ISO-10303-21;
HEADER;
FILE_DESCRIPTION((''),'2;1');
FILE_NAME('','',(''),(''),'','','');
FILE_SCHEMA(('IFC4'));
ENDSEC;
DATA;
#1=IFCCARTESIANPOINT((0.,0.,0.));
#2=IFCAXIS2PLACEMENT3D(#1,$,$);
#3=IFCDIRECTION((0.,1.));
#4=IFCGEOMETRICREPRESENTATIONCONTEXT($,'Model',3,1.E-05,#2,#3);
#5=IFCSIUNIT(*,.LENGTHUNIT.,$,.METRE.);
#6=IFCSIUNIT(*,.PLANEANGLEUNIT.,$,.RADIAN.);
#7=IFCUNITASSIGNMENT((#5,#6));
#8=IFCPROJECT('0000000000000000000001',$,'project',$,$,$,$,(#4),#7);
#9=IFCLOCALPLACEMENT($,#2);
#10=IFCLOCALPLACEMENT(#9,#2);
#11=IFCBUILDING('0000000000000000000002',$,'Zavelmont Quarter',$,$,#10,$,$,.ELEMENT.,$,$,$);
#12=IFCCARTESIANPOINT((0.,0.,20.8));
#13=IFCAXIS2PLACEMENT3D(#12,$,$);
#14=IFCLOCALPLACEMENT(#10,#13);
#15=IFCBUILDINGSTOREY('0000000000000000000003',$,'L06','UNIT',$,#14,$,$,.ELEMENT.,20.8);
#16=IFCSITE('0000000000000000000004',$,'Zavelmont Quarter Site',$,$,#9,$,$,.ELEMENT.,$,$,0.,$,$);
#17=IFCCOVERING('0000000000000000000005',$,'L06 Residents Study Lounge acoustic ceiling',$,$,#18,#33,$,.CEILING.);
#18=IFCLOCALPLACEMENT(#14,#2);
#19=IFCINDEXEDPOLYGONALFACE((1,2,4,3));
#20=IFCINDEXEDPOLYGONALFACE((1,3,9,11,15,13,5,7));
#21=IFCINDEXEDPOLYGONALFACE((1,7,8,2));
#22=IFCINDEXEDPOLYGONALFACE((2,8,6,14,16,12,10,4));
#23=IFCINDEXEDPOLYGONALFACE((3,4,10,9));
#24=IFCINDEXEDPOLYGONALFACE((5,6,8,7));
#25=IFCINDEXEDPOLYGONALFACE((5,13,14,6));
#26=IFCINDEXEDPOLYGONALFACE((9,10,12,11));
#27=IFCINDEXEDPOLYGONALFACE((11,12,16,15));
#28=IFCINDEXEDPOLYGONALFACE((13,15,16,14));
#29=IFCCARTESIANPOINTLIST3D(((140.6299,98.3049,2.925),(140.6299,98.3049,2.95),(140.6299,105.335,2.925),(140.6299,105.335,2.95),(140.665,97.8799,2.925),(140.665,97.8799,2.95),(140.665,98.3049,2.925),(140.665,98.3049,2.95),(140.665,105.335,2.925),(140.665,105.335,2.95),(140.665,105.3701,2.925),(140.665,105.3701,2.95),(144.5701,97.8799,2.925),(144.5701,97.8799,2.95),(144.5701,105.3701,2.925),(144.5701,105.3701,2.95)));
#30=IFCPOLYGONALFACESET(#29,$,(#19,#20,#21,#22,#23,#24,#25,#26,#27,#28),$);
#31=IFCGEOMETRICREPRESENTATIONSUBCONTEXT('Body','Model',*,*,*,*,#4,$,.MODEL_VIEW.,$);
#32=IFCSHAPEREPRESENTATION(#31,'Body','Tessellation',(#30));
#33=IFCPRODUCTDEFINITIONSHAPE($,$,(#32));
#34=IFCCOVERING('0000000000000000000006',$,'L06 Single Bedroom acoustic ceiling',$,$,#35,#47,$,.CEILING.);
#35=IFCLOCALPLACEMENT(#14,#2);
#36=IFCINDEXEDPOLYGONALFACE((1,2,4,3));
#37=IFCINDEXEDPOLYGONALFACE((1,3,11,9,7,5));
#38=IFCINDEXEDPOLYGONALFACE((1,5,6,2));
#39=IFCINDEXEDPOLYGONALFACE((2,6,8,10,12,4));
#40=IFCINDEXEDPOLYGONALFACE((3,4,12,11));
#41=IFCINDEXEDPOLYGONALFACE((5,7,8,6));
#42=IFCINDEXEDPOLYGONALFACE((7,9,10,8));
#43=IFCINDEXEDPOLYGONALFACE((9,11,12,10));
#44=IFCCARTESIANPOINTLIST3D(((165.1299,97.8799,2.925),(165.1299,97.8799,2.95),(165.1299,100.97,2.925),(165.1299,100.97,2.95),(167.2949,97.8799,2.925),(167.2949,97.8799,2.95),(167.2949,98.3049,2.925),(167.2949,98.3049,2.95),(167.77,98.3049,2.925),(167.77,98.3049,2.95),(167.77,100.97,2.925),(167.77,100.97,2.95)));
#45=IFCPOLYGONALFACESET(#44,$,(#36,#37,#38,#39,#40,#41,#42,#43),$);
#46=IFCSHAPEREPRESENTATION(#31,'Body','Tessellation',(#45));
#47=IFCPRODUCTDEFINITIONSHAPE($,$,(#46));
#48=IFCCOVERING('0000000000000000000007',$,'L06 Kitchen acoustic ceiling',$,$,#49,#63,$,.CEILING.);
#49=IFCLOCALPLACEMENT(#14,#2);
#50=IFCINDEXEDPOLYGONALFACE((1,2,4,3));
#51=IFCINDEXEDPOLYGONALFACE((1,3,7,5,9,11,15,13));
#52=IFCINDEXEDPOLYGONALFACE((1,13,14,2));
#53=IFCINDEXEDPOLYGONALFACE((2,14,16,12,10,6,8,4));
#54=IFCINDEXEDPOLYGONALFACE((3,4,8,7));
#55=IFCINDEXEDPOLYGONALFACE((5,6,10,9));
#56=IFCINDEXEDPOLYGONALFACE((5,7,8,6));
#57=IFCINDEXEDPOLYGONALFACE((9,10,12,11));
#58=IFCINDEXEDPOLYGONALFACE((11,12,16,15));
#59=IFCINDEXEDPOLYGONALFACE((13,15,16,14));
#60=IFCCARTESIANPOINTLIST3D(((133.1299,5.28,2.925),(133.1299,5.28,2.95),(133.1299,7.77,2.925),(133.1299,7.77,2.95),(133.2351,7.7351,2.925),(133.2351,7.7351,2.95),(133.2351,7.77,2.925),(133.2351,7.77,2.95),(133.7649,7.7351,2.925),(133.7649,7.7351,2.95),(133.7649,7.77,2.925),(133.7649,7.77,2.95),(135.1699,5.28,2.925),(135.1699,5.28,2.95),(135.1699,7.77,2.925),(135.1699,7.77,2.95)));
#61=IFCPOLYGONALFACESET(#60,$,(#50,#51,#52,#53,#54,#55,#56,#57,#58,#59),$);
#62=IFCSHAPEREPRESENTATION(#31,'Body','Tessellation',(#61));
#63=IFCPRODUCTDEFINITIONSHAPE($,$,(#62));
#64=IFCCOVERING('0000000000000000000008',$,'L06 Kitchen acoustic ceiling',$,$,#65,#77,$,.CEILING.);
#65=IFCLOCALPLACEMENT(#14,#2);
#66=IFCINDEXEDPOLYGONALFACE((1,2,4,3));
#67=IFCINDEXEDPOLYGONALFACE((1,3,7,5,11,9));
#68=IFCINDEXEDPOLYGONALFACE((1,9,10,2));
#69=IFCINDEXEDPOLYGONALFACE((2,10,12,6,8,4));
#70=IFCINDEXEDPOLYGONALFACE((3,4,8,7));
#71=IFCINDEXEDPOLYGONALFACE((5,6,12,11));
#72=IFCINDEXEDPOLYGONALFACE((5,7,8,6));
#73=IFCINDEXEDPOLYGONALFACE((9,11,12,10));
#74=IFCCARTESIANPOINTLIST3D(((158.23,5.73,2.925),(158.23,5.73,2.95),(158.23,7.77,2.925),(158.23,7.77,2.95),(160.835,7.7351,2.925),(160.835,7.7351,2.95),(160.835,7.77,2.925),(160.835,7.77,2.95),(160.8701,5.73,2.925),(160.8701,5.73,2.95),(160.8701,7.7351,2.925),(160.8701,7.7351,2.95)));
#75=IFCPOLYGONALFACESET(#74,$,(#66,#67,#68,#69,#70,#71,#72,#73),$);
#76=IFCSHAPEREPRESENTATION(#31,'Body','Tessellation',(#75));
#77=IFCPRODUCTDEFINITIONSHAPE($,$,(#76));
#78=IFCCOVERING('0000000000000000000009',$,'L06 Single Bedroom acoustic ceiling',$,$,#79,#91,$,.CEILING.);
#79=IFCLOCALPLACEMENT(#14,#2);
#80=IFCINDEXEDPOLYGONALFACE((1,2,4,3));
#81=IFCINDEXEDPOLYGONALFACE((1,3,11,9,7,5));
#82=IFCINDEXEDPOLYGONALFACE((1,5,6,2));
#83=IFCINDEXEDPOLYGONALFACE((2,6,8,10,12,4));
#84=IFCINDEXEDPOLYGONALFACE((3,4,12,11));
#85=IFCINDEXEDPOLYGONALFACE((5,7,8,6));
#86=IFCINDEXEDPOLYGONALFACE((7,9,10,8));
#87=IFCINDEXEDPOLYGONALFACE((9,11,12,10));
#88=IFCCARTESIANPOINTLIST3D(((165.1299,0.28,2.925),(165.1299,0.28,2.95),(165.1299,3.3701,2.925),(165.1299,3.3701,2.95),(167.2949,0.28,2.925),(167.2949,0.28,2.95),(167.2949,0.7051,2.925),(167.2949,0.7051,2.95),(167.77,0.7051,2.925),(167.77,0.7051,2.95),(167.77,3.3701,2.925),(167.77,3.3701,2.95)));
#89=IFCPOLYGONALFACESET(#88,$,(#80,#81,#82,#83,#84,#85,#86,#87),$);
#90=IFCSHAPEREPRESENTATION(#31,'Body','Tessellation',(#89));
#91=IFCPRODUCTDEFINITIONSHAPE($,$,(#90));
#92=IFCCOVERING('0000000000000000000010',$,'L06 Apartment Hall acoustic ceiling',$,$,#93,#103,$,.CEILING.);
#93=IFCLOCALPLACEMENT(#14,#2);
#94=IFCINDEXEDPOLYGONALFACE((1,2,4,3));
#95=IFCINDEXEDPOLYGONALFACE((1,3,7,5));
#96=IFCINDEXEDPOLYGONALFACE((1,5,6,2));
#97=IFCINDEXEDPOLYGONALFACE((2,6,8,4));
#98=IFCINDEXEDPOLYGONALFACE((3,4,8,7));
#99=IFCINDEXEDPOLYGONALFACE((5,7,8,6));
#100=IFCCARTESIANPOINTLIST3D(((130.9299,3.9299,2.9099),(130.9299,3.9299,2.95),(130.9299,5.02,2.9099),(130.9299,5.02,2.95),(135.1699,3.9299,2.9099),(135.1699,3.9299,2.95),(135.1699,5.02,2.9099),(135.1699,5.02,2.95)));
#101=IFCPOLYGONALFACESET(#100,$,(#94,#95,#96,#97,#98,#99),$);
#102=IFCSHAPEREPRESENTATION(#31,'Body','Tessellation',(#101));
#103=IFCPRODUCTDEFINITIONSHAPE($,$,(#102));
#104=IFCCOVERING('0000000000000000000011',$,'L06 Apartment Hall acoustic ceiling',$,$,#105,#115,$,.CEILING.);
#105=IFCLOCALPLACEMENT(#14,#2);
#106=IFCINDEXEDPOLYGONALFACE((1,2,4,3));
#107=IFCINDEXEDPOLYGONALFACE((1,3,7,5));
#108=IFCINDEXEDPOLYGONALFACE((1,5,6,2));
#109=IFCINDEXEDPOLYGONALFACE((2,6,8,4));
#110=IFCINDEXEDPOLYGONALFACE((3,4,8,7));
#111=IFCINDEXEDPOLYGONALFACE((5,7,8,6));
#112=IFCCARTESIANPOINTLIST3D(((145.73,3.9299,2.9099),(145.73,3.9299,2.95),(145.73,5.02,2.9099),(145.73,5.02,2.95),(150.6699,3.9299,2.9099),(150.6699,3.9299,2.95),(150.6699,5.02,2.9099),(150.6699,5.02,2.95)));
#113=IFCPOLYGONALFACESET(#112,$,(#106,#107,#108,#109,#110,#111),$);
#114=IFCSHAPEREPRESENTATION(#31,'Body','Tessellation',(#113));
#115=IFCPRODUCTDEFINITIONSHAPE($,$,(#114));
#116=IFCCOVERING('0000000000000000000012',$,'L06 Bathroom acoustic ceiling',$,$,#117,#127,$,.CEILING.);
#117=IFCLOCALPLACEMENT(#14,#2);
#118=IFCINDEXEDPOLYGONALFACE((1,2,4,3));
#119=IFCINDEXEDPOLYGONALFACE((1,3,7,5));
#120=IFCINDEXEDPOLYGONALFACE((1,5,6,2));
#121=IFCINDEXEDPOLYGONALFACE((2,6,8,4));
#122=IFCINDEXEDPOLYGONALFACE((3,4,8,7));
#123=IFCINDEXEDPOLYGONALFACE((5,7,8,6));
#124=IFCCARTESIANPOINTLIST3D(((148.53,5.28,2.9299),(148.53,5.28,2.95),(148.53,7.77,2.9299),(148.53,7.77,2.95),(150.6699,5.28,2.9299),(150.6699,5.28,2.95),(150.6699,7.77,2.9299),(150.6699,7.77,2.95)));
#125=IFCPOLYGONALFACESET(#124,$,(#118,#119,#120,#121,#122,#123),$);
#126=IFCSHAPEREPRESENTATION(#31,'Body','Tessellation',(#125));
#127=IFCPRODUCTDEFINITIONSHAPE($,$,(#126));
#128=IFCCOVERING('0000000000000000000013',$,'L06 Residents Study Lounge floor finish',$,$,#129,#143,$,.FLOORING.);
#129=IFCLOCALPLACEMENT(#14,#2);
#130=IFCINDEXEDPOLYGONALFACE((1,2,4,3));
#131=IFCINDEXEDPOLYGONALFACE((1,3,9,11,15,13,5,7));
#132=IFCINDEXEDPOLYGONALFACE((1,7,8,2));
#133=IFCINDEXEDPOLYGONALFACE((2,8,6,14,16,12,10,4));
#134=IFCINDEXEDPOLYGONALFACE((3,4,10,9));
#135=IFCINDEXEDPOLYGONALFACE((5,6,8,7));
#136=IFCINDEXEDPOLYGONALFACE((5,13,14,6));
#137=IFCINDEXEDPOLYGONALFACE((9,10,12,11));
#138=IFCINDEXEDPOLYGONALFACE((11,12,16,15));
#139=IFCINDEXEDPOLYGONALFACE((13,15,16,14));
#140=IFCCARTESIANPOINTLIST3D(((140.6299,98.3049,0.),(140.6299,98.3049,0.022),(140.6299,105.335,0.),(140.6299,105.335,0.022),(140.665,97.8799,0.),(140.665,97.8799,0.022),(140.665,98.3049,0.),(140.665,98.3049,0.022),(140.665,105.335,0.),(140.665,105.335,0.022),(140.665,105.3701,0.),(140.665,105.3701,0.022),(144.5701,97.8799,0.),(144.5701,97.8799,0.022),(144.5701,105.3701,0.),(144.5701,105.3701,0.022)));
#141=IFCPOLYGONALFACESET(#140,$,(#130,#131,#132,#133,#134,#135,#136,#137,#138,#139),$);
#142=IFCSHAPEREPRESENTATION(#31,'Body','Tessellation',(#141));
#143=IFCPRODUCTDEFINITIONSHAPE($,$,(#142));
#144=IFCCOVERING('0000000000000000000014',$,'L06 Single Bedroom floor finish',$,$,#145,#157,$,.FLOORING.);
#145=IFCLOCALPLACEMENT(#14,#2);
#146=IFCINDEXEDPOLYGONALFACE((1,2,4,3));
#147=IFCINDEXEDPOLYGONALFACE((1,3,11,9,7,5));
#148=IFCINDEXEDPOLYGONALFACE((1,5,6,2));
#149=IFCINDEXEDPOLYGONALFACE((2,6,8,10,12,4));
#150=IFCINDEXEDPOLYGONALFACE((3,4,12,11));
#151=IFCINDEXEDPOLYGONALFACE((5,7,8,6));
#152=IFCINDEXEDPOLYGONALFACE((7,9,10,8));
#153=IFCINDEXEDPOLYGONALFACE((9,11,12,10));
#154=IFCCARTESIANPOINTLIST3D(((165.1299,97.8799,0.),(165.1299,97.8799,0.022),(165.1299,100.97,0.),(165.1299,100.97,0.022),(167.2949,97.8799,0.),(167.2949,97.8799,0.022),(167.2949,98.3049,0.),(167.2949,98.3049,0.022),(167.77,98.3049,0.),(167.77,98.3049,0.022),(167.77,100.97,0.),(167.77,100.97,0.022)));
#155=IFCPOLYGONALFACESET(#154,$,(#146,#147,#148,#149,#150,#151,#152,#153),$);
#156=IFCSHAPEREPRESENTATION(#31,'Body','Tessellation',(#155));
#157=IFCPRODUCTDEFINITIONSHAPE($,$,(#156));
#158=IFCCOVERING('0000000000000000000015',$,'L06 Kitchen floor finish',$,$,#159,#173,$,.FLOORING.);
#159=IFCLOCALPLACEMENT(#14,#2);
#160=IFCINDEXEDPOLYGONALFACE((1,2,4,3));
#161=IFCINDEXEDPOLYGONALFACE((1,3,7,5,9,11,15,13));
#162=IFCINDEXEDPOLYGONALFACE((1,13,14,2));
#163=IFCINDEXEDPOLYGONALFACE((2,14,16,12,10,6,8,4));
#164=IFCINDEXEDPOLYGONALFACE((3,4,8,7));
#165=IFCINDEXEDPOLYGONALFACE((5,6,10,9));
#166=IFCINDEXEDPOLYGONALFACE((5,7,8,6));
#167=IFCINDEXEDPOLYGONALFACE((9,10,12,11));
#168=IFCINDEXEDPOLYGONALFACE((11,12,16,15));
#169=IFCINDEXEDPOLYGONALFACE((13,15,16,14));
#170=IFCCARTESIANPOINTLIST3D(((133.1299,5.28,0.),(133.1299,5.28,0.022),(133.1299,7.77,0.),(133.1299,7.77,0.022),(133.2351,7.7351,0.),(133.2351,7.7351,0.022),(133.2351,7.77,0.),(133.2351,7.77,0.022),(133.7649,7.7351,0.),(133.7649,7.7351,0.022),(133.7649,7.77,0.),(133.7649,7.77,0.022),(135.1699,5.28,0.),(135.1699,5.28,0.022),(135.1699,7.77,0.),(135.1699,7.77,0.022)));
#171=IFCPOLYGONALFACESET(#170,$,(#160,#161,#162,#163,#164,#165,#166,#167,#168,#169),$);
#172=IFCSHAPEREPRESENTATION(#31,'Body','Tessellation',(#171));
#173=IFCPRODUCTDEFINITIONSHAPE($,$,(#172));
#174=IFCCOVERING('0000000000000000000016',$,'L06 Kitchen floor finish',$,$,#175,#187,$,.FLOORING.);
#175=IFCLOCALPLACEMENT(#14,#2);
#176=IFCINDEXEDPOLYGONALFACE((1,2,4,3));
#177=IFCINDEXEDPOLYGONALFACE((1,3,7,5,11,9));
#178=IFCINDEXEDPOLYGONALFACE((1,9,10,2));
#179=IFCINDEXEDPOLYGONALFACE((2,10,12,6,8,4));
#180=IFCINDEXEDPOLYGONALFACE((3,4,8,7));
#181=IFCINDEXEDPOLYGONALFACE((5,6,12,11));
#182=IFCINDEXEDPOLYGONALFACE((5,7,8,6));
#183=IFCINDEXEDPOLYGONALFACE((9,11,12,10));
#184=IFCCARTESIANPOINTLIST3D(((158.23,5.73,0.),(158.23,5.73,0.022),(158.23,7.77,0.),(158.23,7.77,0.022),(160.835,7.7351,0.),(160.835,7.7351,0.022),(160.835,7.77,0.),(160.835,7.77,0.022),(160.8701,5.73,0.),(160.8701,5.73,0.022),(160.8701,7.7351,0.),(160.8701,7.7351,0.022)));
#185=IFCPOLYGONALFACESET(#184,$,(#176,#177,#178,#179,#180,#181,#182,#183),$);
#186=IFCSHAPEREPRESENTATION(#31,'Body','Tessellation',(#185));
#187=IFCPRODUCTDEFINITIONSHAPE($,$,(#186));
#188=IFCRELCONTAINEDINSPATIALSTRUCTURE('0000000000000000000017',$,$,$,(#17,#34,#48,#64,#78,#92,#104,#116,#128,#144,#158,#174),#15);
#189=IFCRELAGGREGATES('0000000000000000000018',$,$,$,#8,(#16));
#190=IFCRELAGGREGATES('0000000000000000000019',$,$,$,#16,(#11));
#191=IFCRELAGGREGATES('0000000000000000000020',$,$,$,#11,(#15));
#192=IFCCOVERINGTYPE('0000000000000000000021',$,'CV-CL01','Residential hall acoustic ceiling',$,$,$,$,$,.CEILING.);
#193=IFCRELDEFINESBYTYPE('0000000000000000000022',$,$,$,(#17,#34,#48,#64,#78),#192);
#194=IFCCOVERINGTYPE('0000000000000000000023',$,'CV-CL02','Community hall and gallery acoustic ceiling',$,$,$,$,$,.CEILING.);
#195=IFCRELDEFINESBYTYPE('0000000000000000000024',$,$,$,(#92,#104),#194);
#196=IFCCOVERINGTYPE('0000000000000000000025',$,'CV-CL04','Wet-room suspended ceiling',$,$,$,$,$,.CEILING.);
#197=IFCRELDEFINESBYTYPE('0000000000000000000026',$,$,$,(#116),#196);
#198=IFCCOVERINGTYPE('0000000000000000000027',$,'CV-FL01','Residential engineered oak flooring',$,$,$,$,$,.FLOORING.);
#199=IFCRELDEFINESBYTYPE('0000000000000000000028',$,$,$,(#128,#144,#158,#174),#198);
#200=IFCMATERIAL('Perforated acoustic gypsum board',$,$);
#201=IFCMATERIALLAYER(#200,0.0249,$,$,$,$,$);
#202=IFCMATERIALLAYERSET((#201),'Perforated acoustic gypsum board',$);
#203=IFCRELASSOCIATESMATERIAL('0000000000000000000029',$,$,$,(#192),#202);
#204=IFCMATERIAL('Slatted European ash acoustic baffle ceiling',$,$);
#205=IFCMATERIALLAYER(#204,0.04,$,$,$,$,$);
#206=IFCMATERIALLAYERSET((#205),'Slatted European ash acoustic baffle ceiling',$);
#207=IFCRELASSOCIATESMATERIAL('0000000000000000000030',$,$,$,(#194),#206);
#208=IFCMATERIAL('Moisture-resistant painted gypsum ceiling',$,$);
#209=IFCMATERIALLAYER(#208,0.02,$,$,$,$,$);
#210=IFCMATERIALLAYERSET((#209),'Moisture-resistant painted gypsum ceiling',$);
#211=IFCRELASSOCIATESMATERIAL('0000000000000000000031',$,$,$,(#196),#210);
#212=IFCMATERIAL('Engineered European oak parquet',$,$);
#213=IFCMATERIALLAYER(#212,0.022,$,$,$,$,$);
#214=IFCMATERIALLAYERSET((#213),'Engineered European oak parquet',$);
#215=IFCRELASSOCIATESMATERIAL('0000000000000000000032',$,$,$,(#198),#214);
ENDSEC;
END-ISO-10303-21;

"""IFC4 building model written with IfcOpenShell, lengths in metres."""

from ifc_helpers import new_model, si_unit, direction, frame, origin, place, context, subcontext, project, spatial, polyline, outline, extrude, material, layer, layer_set, type_object, element, save


model = new_model("IFC4")

# Units and contexts
model_context = context("Model", 3, precision=1e-05, world=origin(), true_north=direction((0.0, 1.0)))
body_context = subcontext(model_context, "Body", "Model", "MODEL_VIEW")
ifc_project = project(units=[si_unit("LENGTHUNIT", "METRE"), si_unit("PLANEANGLEUNIT", "RADIAN")], contexts=[model_context])

# Site, building, storey
site_placement = place(None, origin())
site = spatial("IfcSite", under=ifc_project, at=site_placement, Name="Zavelmont Quarter Site", CompositionType="ELEMENT", RefElevation=0.0)
building_placement = place(site_placement, origin())
building = spatial("IfcBuilding", under=site, at=building_placement, Name="Zavelmont Quarter", CompositionType="ELEMENT")
storey_placement = place(building_placement, frame((0.0, 0.0, 20.8)))
storey = spatial("IfcBuildingStorey", under=building, at=storey_placement, Name="L06", Description="UNIT", CompositionType="ELEMENT", Elevation=20.8)

# Coverings
ifc_material_1 = material(Name="Perforated acoustic gypsum board")
ifc_layer_1 = layer(ifc_material_1, 0.0249)
ifc_layer_set_1 = layer_set([ifc_layer_1], Name="Perforated acoustic gypsum board")
covering_type_1 = type_object("IfcCoveringType", Name="CV-CL01", Description="Residential hall acoustic ceiling", PredefinedType="CEILING", material=ifc_layer_set_1)
covering_1_placement = place(storey_placement, frame((0.0, 0.0, 2.925)))
element("IfcCovering", 1, at=covering_1_placement, inside=storey, type_object=covering_type_1, Name="L06 Residents Study Lounge acoustic ceiling", PredefinedType="CEILING", context=body_context, shape_type="SweptSolid", body=[
    extrude(outline(polyline([(140.6299, 105.335), (140.665, 105.335), (140.665, 105.3701), (144.5701, 105.3701), (144.5701, 97.8799), (140.665, 97.8799), (140.665, 98.3049), (140.6299, 98.3049), (140.6299, 105.335)])), origin(), (0.0, 0.0, 1.0), 0.0249),
])
covering_2_placement = place(storey_placement, frame((0.0, 0.0, 2.925)))
element("IfcCovering", 2, at=covering_2_placement, inside=storey, type_object=covering_type_1, Name="L06 Single Bedroom acoustic ceiling", PredefinedType="CEILING", context=body_context, shape_type="SweptSolid", body=[
    extrude(outline(polyline([(165.1299, 100.97), (167.77, 100.97), (167.77, 98.3049), (167.2949, 98.3049), (167.2949, 97.8799), (165.1299, 97.8799), (165.1299, 100.97)])), origin(), (0.0, 0.0, 1.0), 0.0249),
])
covering_3_placement = place(storey_placement, frame((0.0, 0.0, 2.925)))
element("IfcCovering", 3, at=covering_3_placement, inside=storey, type_object=covering_type_1, Name="L06 Kitchen acoustic ceiling", PredefinedType="CEILING", context=body_context, shape_type="SweptSolid", body=[
    extrude(outline(polyline([(133.1299, 7.77), (133.2351, 7.77), (133.2351, 7.7351), (133.7649, 7.7351), (133.7649, 7.77), (135.1699, 7.77), (135.1699, 5.28), (133.1299, 5.28), (133.1299, 7.77)])), origin(), (0.0, 0.0, 1.0), 0.0249),
])
covering_4_placement = place(storey_placement, frame((0.0, 0.0, 2.925)))
element("IfcCovering", 4, at=covering_4_placement, inside=storey, type_object=covering_type_1, Name="L06 Kitchen acoustic ceiling", PredefinedType="CEILING", context=body_context, shape_type="SweptSolid", body=[
    extrude(outline(polyline([(158.23, 7.77), (160.835, 7.77), (160.835, 7.7351), (160.8701, 7.7351), (160.8701, 5.73), (158.23, 5.73), (158.23, 7.77)])), origin(), (0.0, 0.0, 1.0), 0.0249),
])
covering_5_placement = place(storey_placement, frame((0.0, 0.0, 2.925)))
element("IfcCovering", 5, at=covering_5_placement, inside=storey, type_object=covering_type_1, Name="L06 Single Bedroom acoustic ceiling", PredefinedType="CEILING", context=body_context, shape_type="SweptSolid", body=[
    extrude(outline(polyline([(165.1299, 3.3701), (167.77, 3.3701), (167.77, 0.7051), (167.2949, 0.7051), (167.2949, 0.28), (165.1299, 0.28), (165.1299, 3.3701)])), origin(), (0.0, 0.0, 1.0), 0.0249),
])
ifc_material_2 = material(Name="Slatted European ash acoustic baffle ceiling")
ifc_layer_2 = layer(ifc_material_2, 0.04)
ifc_layer_set_2 = layer_set([ifc_layer_2], Name="Slatted European ash acoustic baffle ceiling")
covering_type_2 = type_object("IfcCoveringType", Name="CV-CL02", Description="Community hall and gallery acoustic ceiling", PredefinedType="CEILING", material=ifc_layer_set_2)
covering_6_placement = place(storey_placement, frame((0.0, 0.0, 2.9099)))
element("IfcCovering", 6, at=covering_6_placement, inside=storey, type_object=covering_type_2, Name="L06 Apartment Hall acoustic ceiling", PredefinedType="CEILING", context=body_context, shape_type="SweptSolid", body=[
    extrude(outline(polyline([(130.9299, 5.02), (135.1699, 5.02), (135.1699, 3.9299), (130.9299, 3.9299), (130.9299, 5.02)])), origin(), (0.0, 0.0, 1.0), 0.04),
])
covering_7_placement = place(storey_placement, frame((0.0, 0.0, 2.9099)))
element("IfcCovering", 7, at=covering_7_placement, inside=storey, type_object=covering_type_2, Name="L06 Apartment Hall acoustic ceiling", PredefinedType="CEILING", context=body_context, shape_type="SweptSolid", body=[
    extrude(outline(polyline([(145.73, 5.02), (150.6699, 5.02), (150.6699, 3.9299), (145.73, 3.9299), (145.73, 5.02)])), origin(), (0.0, 0.0, 1.0), 0.04),
])
ifc_material_3 = material(Name="Moisture-resistant painted gypsum ceiling")
ifc_layer_3 = layer(ifc_material_3, 0.02)
ifc_layer_set_3 = layer_set([ifc_layer_3], Name="Moisture-resistant painted gypsum ceiling")
covering_type_3 = type_object("IfcCoveringType", Name="CV-CL04", Description="Wet-room suspended ceiling", PredefinedType="CEILING", material=ifc_layer_set_3)
covering_8_placement = place(storey_placement, frame((0.0, 0.0, 2.9299)))
element("IfcCovering", 8, at=covering_8_placement, inside=storey, type_object=covering_type_3, Name="L06 Bathroom acoustic ceiling", PredefinedType="CEILING", context=body_context, shape_type="SweptSolid", body=[
    extrude(outline(polyline([(148.53, 7.77), (150.6699, 7.77), (150.6699, 5.28), (148.53, 5.28), (148.53, 7.77)])), origin(), (0.0, 0.0, 1.0), 0.02),
])
ifc_material_4 = material(Name="Engineered European oak parquet")
ifc_layer_4 = layer(ifc_material_4, 0.022)
ifc_layer_set_4 = layer_set([ifc_layer_4], Name="Engineered European oak parquet")
covering_type_4 = type_object("IfcCoveringType", Name="CV-FL01", Description="Residential engineered oak flooring", PredefinedType="FLOORING", material=ifc_layer_set_4)
covering_9_placement = place(storey_placement, origin())
element("IfcCovering", 9, at=covering_9_placement, inside=storey, type_object=covering_type_4, Name="L06 Residents Study Lounge floor finish", PredefinedType="FLOORING", context=body_context, shape_type="SweptSolid", body=[
    extrude(outline(polyline([(140.6299, 105.335), (140.665, 105.335), (140.665, 105.3701), (144.5701, 105.3701), (144.5701, 97.8799), (140.665, 97.8799), (140.665, 98.3049), (140.6299, 98.3049), (140.6299, 105.335)])), origin(), (0.0, 0.0, 1.0), 0.022),
])
covering_10_placement = place(storey_placement, origin())
element("IfcCovering", 10, at=covering_10_placement, inside=storey, type_object=covering_type_4, Name="L06 Single Bedroom floor finish", PredefinedType="FLOORING", context=body_context, shape_type="SweptSolid", body=[
    extrude(outline(polyline([(165.1299, 100.97), (167.77, 100.97), (167.77, 98.3049), (167.2949, 98.3049), (167.2949, 97.8799), (165.1299, 97.8799), (165.1299, 100.97)])), origin(), (0.0, 0.0, 1.0), 0.022),
])
covering_11_placement = place(storey_placement, origin())
element("IfcCovering", 11, at=covering_11_placement, inside=storey, type_object=covering_type_4, Name="L06 Kitchen floor finish", PredefinedType="FLOORING", context=body_context, shape_type="SweptSolid", body=[
    extrude(outline(polyline([(133.1299, 7.77), (133.2351, 7.77), (133.2351, 7.7351), (133.7649, 7.7351), (133.7649, 7.77), (135.1699, 7.77), (135.1699, 5.28), (133.1299, 5.28), (133.1299, 7.77)])), origin(), (0.0, 0.0, 1.0), 0.022),
])
covering_12_placement = place(storey_placement, origin())
element("IfcCovering", 12, at=covering_12_placement, inside=storey, type_object=covering_type_4, Name="L06 Kitchen floor finish", PredefinedType="FLOORING", context=body_context, shape_type="SweptSolid", body=[
    extrude(outline(polyline([(158.23, 7.77), (160.835, 7.77), (160.835, 7.7351), (160.8701, 7.7351), (160.8701, 5.73), (158.23, 5.73), (158.23, 7.77)])), origin(), (0.0, 0.0, 1.0), 0.022),
])

save(model, "model.ifc")
